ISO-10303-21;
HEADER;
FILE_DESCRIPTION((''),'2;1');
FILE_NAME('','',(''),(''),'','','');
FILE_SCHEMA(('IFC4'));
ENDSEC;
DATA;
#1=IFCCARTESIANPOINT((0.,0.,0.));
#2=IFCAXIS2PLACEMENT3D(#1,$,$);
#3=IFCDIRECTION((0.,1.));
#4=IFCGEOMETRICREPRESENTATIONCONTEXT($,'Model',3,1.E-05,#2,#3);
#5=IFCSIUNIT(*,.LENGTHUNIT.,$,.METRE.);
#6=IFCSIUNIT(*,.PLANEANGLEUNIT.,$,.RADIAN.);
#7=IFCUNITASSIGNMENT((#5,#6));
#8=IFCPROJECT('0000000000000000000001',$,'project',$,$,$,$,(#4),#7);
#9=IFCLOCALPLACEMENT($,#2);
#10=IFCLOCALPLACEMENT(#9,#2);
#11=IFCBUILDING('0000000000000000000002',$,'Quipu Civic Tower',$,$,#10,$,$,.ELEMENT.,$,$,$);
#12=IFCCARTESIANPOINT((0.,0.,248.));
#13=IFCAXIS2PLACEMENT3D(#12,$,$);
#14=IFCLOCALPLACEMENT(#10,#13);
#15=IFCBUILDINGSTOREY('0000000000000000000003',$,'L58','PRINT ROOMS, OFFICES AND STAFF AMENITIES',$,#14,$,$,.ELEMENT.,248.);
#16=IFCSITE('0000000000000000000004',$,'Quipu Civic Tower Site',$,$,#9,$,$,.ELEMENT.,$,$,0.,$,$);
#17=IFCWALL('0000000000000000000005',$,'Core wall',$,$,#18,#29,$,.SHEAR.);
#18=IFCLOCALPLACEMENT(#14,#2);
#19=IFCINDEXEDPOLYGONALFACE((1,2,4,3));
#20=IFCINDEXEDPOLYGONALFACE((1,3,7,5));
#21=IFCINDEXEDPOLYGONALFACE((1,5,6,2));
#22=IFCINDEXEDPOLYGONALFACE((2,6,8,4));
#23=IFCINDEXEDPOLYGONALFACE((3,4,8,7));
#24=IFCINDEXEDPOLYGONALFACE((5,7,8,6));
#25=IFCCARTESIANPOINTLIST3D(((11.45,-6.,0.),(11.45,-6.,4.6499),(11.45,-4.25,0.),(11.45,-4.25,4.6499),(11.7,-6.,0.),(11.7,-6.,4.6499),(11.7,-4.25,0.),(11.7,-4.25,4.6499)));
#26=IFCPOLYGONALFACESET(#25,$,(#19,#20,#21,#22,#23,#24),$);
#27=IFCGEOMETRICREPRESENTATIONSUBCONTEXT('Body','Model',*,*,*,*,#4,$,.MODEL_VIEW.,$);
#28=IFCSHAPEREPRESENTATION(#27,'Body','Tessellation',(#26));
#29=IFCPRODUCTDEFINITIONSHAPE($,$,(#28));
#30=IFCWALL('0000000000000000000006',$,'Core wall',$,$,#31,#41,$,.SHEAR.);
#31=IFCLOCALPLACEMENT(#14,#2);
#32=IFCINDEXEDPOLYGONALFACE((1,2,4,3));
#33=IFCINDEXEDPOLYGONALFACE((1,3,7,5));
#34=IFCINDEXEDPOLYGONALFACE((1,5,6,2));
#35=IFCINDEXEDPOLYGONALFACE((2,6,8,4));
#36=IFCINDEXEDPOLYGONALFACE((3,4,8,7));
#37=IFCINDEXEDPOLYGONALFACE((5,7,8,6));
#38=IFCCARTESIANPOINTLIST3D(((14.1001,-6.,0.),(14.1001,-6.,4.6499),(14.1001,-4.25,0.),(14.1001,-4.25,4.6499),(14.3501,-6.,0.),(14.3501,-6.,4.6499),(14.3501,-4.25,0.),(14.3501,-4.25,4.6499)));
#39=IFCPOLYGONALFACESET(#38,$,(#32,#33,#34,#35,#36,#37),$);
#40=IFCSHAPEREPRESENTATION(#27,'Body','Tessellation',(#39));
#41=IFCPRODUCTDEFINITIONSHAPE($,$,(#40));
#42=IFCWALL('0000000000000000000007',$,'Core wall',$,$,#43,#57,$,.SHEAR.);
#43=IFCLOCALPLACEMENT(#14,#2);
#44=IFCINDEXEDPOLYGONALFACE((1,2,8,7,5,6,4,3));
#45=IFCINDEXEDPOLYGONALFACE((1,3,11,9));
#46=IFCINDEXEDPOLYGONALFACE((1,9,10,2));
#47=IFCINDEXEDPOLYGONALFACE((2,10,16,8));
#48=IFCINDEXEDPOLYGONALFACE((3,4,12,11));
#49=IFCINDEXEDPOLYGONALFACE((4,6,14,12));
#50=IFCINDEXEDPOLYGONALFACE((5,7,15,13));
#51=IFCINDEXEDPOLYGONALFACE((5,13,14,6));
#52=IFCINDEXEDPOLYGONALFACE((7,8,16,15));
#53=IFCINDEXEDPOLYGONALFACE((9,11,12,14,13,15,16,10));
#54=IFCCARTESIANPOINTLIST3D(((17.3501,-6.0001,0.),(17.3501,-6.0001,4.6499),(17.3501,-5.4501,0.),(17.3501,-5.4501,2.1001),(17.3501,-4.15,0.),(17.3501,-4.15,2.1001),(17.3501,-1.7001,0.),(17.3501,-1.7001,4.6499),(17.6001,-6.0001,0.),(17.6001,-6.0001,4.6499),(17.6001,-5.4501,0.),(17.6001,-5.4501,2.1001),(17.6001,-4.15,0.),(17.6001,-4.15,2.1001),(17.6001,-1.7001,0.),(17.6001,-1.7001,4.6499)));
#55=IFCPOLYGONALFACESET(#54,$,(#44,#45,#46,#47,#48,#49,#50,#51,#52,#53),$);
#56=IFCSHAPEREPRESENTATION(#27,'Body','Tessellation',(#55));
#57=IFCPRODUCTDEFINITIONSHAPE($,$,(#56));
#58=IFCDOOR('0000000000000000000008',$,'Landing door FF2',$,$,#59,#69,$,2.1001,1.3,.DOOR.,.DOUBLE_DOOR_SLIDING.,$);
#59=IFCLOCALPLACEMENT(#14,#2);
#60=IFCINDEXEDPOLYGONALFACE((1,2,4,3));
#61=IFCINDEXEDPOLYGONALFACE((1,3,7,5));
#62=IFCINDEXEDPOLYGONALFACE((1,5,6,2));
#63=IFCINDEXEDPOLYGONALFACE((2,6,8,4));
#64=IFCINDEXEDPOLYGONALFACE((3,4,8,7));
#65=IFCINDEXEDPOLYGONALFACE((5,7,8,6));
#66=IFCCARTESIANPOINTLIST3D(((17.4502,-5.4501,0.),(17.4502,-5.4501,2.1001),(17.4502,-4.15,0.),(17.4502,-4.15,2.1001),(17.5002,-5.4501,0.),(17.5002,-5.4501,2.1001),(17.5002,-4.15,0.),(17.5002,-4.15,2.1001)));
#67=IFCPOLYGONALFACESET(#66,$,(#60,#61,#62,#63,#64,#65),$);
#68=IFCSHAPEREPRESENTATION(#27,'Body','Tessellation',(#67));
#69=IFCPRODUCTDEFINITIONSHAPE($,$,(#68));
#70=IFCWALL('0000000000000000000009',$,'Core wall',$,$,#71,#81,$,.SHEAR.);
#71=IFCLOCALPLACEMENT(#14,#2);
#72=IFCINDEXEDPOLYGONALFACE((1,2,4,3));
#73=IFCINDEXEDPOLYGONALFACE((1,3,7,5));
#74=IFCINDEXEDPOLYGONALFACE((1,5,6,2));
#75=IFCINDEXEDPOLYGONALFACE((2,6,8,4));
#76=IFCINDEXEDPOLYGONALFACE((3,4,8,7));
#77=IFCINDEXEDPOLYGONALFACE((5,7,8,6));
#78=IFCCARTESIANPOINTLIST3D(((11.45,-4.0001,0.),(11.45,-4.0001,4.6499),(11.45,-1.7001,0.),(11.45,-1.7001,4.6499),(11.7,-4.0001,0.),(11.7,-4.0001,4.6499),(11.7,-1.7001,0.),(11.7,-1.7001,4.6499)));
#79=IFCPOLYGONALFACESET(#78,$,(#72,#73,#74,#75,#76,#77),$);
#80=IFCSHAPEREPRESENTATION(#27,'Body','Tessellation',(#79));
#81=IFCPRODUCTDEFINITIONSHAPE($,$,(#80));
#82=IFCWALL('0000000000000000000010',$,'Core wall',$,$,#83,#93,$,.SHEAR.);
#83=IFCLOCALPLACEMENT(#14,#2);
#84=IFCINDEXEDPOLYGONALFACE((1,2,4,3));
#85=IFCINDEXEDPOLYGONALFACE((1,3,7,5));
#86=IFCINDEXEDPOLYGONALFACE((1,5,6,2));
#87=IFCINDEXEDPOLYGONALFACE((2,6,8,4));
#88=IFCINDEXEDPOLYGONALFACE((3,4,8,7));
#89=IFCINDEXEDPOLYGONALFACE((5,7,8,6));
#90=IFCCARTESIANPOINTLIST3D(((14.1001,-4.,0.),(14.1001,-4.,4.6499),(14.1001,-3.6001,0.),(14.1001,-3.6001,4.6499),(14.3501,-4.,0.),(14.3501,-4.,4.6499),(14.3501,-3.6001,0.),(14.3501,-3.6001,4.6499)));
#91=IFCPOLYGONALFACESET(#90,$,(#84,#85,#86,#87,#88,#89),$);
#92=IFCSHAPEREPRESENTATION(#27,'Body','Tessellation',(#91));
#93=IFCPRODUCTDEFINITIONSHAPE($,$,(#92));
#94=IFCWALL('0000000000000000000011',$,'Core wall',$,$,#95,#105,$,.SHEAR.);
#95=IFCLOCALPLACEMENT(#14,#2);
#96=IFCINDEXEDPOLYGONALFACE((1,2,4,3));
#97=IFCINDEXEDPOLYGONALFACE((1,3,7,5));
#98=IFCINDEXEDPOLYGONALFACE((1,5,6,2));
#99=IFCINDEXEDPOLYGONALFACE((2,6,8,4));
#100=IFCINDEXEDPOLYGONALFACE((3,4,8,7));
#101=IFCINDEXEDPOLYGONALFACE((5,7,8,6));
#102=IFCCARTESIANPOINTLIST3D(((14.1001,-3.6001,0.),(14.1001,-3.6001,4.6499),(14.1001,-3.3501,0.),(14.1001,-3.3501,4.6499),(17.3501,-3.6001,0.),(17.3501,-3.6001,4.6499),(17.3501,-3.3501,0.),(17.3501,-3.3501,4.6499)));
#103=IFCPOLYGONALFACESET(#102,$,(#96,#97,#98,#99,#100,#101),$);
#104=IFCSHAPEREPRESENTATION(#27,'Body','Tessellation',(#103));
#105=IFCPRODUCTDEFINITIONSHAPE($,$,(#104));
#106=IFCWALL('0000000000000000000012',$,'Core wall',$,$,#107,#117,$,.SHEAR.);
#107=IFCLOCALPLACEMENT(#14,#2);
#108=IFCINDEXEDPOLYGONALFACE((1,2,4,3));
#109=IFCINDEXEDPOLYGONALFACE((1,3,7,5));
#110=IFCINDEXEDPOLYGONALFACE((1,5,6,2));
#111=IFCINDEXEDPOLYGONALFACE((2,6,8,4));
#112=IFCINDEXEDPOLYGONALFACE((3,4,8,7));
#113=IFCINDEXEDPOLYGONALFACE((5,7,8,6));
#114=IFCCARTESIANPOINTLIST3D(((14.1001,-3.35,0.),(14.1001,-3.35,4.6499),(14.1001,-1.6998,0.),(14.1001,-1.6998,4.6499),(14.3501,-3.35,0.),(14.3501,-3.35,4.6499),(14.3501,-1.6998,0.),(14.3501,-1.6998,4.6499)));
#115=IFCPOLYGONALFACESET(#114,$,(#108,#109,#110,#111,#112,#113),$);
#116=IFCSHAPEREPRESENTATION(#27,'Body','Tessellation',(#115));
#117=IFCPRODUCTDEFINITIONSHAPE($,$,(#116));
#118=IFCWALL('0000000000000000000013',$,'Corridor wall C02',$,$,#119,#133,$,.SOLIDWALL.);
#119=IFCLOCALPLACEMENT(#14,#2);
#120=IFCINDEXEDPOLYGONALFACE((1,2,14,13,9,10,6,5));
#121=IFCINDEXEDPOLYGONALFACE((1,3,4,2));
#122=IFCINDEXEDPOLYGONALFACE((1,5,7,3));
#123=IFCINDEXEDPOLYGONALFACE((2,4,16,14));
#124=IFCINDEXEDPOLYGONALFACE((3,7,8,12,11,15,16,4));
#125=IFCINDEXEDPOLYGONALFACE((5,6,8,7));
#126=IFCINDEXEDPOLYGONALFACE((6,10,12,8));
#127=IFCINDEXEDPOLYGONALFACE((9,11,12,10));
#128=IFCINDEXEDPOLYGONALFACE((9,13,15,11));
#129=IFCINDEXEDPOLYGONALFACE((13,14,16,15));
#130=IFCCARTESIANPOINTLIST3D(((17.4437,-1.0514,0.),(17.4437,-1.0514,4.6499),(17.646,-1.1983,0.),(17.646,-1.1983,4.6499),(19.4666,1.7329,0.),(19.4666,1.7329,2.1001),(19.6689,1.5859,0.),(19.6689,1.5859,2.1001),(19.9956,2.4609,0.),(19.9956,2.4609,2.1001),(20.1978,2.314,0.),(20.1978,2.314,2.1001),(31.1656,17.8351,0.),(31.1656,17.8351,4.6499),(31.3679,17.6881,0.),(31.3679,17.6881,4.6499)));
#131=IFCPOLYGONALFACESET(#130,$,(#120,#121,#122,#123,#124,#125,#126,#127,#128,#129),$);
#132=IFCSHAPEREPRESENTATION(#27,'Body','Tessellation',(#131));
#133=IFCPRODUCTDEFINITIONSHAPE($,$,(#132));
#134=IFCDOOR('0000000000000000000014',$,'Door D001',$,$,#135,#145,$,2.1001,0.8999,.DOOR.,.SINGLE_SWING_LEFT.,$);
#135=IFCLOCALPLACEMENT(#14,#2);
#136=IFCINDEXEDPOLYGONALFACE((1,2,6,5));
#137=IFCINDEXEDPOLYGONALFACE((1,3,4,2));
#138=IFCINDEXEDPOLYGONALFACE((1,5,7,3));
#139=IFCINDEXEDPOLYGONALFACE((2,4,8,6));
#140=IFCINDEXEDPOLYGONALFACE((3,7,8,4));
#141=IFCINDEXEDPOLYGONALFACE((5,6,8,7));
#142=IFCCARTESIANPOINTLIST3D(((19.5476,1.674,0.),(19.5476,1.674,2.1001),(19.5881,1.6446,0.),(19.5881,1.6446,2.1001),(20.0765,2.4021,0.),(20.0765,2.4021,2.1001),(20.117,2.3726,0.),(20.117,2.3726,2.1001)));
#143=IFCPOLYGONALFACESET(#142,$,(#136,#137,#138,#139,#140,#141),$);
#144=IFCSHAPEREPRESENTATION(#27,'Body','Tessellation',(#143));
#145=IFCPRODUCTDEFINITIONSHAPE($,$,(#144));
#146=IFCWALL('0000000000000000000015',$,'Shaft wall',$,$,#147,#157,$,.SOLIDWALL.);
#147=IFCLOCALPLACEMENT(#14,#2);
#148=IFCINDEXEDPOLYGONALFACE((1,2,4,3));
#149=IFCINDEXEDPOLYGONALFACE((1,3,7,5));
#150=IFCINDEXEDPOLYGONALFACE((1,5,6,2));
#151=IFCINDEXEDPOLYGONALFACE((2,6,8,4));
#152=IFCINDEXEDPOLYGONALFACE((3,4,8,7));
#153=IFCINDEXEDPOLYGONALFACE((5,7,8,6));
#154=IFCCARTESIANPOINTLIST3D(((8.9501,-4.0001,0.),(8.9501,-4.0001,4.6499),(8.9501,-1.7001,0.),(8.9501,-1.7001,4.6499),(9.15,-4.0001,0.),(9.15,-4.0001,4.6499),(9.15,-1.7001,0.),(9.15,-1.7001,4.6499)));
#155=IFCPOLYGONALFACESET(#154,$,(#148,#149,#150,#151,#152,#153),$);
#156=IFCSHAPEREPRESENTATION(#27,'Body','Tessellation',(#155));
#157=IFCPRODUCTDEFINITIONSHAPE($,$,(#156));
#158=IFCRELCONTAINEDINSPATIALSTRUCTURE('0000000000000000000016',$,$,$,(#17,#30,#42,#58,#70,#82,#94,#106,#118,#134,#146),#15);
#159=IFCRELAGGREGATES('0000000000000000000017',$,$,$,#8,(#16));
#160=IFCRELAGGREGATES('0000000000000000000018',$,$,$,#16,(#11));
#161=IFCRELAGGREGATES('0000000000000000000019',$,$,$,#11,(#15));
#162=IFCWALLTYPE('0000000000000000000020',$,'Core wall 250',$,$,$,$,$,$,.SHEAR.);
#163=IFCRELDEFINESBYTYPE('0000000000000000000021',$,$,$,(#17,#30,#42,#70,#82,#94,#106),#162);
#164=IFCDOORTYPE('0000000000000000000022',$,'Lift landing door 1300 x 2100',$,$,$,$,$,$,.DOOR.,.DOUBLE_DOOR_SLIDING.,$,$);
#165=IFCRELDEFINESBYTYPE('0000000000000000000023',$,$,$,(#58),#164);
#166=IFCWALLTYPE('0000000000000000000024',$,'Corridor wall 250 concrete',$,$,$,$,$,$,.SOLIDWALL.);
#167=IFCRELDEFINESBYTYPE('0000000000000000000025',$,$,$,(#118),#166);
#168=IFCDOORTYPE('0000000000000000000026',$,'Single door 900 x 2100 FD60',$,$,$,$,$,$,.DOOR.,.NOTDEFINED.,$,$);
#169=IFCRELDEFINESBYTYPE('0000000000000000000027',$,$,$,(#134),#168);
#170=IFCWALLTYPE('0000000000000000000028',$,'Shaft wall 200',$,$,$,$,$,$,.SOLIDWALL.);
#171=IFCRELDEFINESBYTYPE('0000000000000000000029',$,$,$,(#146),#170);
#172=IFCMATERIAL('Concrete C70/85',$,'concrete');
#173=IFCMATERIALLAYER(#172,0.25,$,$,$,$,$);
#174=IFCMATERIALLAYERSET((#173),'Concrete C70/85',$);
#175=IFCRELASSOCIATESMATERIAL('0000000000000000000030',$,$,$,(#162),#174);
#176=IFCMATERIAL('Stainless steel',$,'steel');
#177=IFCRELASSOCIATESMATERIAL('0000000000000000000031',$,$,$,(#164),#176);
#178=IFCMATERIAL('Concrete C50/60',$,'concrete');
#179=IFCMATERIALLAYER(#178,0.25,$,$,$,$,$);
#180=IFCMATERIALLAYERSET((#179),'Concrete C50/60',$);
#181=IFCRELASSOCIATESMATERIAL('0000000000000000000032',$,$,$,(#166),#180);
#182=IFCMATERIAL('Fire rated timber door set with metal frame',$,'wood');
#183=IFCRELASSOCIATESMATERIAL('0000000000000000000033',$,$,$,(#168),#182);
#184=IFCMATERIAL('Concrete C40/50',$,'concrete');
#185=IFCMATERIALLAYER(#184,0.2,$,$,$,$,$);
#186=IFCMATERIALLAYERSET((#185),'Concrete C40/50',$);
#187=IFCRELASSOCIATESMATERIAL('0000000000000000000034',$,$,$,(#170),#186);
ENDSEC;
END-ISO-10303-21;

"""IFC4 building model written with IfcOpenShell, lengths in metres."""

from ifc_helpers import new_model, si_unit, direction, frame, frame_2d, origin, place, context, subcontext, project, spatial, rectangle, extrude, material, layer, layer_set, type_object, element, fill, save


model = new_model("IFC4")

# Units and contexts
model_context = context("Model", 3, precision=1e-05, world=origin(), true_north=direction((0.0, 1.0)))
body_context = subcontext(model_context, "Body", "Model", "MODEL_VIEW")
ifc_project = project(units=[si_unit("LENGTHUNIT", "METRE"), si_unit("PLANEANGLEUNIT", "RADIAN")], contexts=[model_context])

# Site, building, storey
site_placement = place(None, origin())
site = spatial("IfcSite", under=ifc_project, at=site_placement, Name="Quipu Civic Tower Site", CompositionType="ELEMENT", RefElevation=0.0)
building_placement = place(site_placement, origin())
building = spatial("IfcBuilding", under=site, at=building_placement, Name="Quipu Civic Tower", CompositionType="ELEMENT")
storey_placement = place(building_placement, frame((0.0, 0.0, 248.0)))
storey = spatial("IfcBuildingStorey", under=building, at=storey_placement, Name="L58", Description="PRINT ROOMS, OFFICES AND STAFF AMENITIES", CompositionType="ELEMENT", Elevation=248.0)

# Walls
ifc_material_1 = material(Name="Concrete C70/85", Category="concrete")
ifc_layer_1 = layer(ifc_material_1, 0.25)
ifc_layer_set_1 = layer_set([ifc_layer_1], Name="Concrete C70/85")
wall_type_1 = type_object("IfcWallType", Name="Core wall 250", PredefinedType="SHEAR", material=ifc_layer_set_1)
for number, where, z_axis, x_axis, name in (
    (1, (11.575, -6.0, 0.0), (0.0, 0.0, 1.0), (0.0, 1.0, 0.0), "Core wall"),
    (2, (14.2251, -6.0, 0.0), (0.0, 0.0, 1.0), (0.0, 1.0, 0.0), "Core wall"),
):
    element("IfcWall", number, at=place(storey_placement, frame(where, z_axis=z_axis, x_axis=x_axis)), inside=storey, type_object=wall_type_1, Name=name, PredefinedType="SHEAR", context=body_context, shape_type="SweptSolid", body=[
        extrude(rectangle(XDim=1.75, YDim=0.25, at=frame_2d((0.875, 0.0))), origin(), (0.0, 0.0, 1.0), 4.6499),
    ])

# Wall, opening, door
wall_1_placement = place(storey_placement, frame((17.4751, -6.0, 0.0), z_axis=(0.0, 0.0, 1.0), x_axis=(0.0, 1.0, 0.0)))
wall_1 = element("IfcWall", 3, at=wall_1_placement, inside=storey, type_object=wall_type_1, Name="Core wall", PredefinedType="SHEAR", context=body_context, shape_type="SweptSolid", body=[
    extrude(rectangle(XDim=4.3, YDim=0.25, at=frame_2d((2.1499, 0.0))), origin(), (0.0, 0.0, 1.0), 4.6499),
])
opening_1_placement = place(wall_1_placement, frame((0.55, 0.0, 0.0)))
opening_1 = element("IfcOpeningElement", 4, at=opening_1_placement, cuts=wall_1, PredefinedType="OPENING", context=body_context, shape_type="SweptSolid", body=[
    extrude(rectangle(XDim=1.3, YDim=2.1001, at=frame_2d((0.6499, 1.05))), frame((0.0, 0.135, 0.0), z_axis=(0.0, -1.0, 0.0), x_axis=(1.0, 0.0, 0.0)), (0.0, 0.0, 1.0), 0.27),
])
ifc_material_2 = material(Name="Stainless steel", Category="steel")
door_type_1 = type_object("IfcDoorType", Name="Lift landing door 1300 x 2100", OperationType="DOUBLE_DOOR_SLIDING", PredefinedType="DOOR", material=ifc_material_2)
door_1_placement = place(opening_1_placement, origin())
door_1 = element("IfcDoor", 5, at=door_1_placement, inside=storey, type_object=door_type_1, Name="Landing door FF2", OperationType="DOUBLE_DOOR_SLIDING", OverallHeight=2.1001, OverallWidth=1.3, PredefinedType="DOOR", context=body_context, shape_type="SweptSolid", body=[
    extrude(rectangle(XDim=1.3, YDim=2.1001, at=frame_2d((0.6499, 1.05))), frame((0.0, 0.0249, 0.0), z_axis=(0.0, -1.0, 0.0), x_axis=(1.0, 0.0, 0.0)), (0.0, 0.0, 1.0), 0.05),
])
fill(opening_1, door_1)

# Walls
wall_2_placement = place(storey_placement, frame((11.575, -4.0, 0.0), z_axis=(0.0, 0.0, 1.0), x_axis=(0.0, 1.0, 0.0)))
element("IfcWall", 6, at=wall_2_placement, inside=storey, type_object=wall_type_1, Name="Core wall", PredefinedType="SHEAR", context=body_context, shape_type="SweptSolid", body=[
    extrude(rectangle(XDim=2.3, YDim=0.25, at=frame_2d((1.1499, 0.0))), origin(), (0.0, 0.0, 1.0), 4.6499),
])
wall_3_placement = place(storey_placement, frame((14.2251, -4.0, 0.0), z_axis=(0.0, 0.0, 1.0), x_axis=(0.0, 1.0, 0.0)))
element("IfcWall", 7, at=wall_3_placement, inside=storey, type_object=wall_type_1, Name="Core wall", PredefinedType="SHEAR", context=body_context, shape_type="SweptSolid", body=[
    extrude(rectangle(XDim=0.3999, YDim=0.25, at=frame_2d((0.2, 0.0))), origin(), (0.0, 0.0, 1.0), 4.6499),
])
wall_4_placement = place(storey_placement, frame((14.1001, -3.4751, 0.0), z_axis=(0.0, 0.0, 1.0), x_axis=(1.0, 0.0, 0.0)))
element("IfcWall", 8, at=wall_4_placement, inside=storey, type_object=wall_type_1, Name="Core wall", PredefinedType="SHEAR", context=body_context, shape_type="SweptSolid", body=[
    extrude(rectangle(XDim=3.25, YDim=0.25, at=frame_2d((1.625, 0.0))), origin(), (0.0, 0.0, 1.0), 4.6499),
])
wall_5_placement = place(storey_placement, frame((14.2251, -3.3501, 0.0), z_axis=(0.0, 0.0, 1.0), x_axis=(0.0, 1.0, 0.0)))
element("IfcWall", 9, at=wall_5_placement, inside=storey, type_object=wall_type_1, Name="Core wall", PredefinedType="SHEAR", context=body_context, shape_type="SweptSolid", body=[
    extrude(rectangle(XDim=1.6501, YDim=0.25, at=frame_2d((0.8252, 0.0))), origin(), (0.0, 0.0, 1.0), 4.6499),
])

# Wall, opening, door
ifc_material_3 = material(Name="Concrete C50/60", Category="concrete")
ifc_layer_2 = layer(ifc_material_3, 0.25)
ifc_layer_set_2 = layer_set([ifc_layer_2], Name="Concrete C50/60")
wall_type_2 = type_object("IfcWallType", Name="Corridor wall 250 concrete", PredefinedType="SOLIDWALL", material=ifc_layer_set_2)
wall_6_placement = place(storey_placement, frame((17.5449, -1.1248, 0.0), z_axis=(0.0, 0.0, 1.0), x_axis=(0.587788, 0.809015, 0.0)))
wall_6 = element("IfcWall", 10, at=wall_6_placement, inside=storey, type_object=wall_type_2, Name="Corridor wall C02", PredefinedType="SOLIDWALL", context=body_context, shape_type="SweptSolid", body=[
    extrude(rectangle(XDim=23.345, YDim=0.25, at=frame_2d((11.6724, 0.0))), origin(), (0.0, 0.0, 1.0), 4.6499),
])
opening_2_placement = place(wall_6_placement, frame((3.4414, 0.0, 0.0)))
opening_2 = element("IfcOpeningElement", 11, at=opening_2_placement, cuts=wall_6, PredefinedType="OPENING", context=body_context, shape_type="SweptSolid", body=[
    extrude(rectangle(XDim=0.8999, YDim=2.1001, at=frame_2d((0.45, 1.05))), frame((0.0, 0.135, 0.0), z_axis=(0.0, -1.0, 0.0), x_axis=(1.0, 0.0, 0.0)), (0.0, 0.0, 1.0), 0.27),
])
ifc_material_4 = material(Name="Fire rated timber door set with metal frame", Category="wood")
door_type_2 = type_object("IfcDoorType", Name="Single door 900 x 2100 FD60", OperationType="NOTDEFINED", PredefinedType="DOOR", material=ifc_material_4)
door_2_placement = place(opening_2_placement, origin())
door_2 = element("IfcDoor", 12, at=door_2_placement, inside=storey, type_object=door_type_2, Name="Door D001", OperationType="SINGLE_SWING_LEFT", OverallHeight=2.1001, OverallWidth=0.8999, PredefinedType="DOOR", context=body_context, shape_type="SweptSolid", body=[
    extrude(rectangle(XDim=0.8999, YDim=2.1001, at=frame_2d((0.45, 1.05))), frame((0.0, 0.0249, 0.0), z_axis=(0.0, -1.0, 0.0), x_axis=(1.0, 0.0, 0.0)), (0.0, 0.0, 1.0), 0.05),
])
fill(opening_2, door_2)

# Wall
ifc_material_5 = material(Name="Concrete C40/50", Category="concrete")
ifc_layer_3 = layer(ifc_material_5, 0.2)
ifc_layer_set_3 = layer_set([ifc_layer_3], Name="Concrete C40/50")
wall_type_3 = type_object("IfcWallType", Name="Shaft wall 200", PredefinedType="SOLIDWALL", material=ifc_layer_set_3)
wall_7_placement = place(storey_placement, frame((9.05, -4.0, 0.0), z_axis=(0.0, 0.0, 1.0), x_axis=(0.0, 1.0, 0.0)))
element("IfcWall", 13, at=wall_7_placement, inside=storey, type_object=wall_type_3, Name="Shaft wall", PredefinedType="SOLIDWALL", context=body_context, shape_type="SweptSolid", body=[
    extrude(rectangle(XDim=2.3, YDim=0.2, at=frame_2d((1.1499, 0.0))), origin(), (0.0, 0.0, 1.0), 4.6499),
])

save(model, "model.ifc")
